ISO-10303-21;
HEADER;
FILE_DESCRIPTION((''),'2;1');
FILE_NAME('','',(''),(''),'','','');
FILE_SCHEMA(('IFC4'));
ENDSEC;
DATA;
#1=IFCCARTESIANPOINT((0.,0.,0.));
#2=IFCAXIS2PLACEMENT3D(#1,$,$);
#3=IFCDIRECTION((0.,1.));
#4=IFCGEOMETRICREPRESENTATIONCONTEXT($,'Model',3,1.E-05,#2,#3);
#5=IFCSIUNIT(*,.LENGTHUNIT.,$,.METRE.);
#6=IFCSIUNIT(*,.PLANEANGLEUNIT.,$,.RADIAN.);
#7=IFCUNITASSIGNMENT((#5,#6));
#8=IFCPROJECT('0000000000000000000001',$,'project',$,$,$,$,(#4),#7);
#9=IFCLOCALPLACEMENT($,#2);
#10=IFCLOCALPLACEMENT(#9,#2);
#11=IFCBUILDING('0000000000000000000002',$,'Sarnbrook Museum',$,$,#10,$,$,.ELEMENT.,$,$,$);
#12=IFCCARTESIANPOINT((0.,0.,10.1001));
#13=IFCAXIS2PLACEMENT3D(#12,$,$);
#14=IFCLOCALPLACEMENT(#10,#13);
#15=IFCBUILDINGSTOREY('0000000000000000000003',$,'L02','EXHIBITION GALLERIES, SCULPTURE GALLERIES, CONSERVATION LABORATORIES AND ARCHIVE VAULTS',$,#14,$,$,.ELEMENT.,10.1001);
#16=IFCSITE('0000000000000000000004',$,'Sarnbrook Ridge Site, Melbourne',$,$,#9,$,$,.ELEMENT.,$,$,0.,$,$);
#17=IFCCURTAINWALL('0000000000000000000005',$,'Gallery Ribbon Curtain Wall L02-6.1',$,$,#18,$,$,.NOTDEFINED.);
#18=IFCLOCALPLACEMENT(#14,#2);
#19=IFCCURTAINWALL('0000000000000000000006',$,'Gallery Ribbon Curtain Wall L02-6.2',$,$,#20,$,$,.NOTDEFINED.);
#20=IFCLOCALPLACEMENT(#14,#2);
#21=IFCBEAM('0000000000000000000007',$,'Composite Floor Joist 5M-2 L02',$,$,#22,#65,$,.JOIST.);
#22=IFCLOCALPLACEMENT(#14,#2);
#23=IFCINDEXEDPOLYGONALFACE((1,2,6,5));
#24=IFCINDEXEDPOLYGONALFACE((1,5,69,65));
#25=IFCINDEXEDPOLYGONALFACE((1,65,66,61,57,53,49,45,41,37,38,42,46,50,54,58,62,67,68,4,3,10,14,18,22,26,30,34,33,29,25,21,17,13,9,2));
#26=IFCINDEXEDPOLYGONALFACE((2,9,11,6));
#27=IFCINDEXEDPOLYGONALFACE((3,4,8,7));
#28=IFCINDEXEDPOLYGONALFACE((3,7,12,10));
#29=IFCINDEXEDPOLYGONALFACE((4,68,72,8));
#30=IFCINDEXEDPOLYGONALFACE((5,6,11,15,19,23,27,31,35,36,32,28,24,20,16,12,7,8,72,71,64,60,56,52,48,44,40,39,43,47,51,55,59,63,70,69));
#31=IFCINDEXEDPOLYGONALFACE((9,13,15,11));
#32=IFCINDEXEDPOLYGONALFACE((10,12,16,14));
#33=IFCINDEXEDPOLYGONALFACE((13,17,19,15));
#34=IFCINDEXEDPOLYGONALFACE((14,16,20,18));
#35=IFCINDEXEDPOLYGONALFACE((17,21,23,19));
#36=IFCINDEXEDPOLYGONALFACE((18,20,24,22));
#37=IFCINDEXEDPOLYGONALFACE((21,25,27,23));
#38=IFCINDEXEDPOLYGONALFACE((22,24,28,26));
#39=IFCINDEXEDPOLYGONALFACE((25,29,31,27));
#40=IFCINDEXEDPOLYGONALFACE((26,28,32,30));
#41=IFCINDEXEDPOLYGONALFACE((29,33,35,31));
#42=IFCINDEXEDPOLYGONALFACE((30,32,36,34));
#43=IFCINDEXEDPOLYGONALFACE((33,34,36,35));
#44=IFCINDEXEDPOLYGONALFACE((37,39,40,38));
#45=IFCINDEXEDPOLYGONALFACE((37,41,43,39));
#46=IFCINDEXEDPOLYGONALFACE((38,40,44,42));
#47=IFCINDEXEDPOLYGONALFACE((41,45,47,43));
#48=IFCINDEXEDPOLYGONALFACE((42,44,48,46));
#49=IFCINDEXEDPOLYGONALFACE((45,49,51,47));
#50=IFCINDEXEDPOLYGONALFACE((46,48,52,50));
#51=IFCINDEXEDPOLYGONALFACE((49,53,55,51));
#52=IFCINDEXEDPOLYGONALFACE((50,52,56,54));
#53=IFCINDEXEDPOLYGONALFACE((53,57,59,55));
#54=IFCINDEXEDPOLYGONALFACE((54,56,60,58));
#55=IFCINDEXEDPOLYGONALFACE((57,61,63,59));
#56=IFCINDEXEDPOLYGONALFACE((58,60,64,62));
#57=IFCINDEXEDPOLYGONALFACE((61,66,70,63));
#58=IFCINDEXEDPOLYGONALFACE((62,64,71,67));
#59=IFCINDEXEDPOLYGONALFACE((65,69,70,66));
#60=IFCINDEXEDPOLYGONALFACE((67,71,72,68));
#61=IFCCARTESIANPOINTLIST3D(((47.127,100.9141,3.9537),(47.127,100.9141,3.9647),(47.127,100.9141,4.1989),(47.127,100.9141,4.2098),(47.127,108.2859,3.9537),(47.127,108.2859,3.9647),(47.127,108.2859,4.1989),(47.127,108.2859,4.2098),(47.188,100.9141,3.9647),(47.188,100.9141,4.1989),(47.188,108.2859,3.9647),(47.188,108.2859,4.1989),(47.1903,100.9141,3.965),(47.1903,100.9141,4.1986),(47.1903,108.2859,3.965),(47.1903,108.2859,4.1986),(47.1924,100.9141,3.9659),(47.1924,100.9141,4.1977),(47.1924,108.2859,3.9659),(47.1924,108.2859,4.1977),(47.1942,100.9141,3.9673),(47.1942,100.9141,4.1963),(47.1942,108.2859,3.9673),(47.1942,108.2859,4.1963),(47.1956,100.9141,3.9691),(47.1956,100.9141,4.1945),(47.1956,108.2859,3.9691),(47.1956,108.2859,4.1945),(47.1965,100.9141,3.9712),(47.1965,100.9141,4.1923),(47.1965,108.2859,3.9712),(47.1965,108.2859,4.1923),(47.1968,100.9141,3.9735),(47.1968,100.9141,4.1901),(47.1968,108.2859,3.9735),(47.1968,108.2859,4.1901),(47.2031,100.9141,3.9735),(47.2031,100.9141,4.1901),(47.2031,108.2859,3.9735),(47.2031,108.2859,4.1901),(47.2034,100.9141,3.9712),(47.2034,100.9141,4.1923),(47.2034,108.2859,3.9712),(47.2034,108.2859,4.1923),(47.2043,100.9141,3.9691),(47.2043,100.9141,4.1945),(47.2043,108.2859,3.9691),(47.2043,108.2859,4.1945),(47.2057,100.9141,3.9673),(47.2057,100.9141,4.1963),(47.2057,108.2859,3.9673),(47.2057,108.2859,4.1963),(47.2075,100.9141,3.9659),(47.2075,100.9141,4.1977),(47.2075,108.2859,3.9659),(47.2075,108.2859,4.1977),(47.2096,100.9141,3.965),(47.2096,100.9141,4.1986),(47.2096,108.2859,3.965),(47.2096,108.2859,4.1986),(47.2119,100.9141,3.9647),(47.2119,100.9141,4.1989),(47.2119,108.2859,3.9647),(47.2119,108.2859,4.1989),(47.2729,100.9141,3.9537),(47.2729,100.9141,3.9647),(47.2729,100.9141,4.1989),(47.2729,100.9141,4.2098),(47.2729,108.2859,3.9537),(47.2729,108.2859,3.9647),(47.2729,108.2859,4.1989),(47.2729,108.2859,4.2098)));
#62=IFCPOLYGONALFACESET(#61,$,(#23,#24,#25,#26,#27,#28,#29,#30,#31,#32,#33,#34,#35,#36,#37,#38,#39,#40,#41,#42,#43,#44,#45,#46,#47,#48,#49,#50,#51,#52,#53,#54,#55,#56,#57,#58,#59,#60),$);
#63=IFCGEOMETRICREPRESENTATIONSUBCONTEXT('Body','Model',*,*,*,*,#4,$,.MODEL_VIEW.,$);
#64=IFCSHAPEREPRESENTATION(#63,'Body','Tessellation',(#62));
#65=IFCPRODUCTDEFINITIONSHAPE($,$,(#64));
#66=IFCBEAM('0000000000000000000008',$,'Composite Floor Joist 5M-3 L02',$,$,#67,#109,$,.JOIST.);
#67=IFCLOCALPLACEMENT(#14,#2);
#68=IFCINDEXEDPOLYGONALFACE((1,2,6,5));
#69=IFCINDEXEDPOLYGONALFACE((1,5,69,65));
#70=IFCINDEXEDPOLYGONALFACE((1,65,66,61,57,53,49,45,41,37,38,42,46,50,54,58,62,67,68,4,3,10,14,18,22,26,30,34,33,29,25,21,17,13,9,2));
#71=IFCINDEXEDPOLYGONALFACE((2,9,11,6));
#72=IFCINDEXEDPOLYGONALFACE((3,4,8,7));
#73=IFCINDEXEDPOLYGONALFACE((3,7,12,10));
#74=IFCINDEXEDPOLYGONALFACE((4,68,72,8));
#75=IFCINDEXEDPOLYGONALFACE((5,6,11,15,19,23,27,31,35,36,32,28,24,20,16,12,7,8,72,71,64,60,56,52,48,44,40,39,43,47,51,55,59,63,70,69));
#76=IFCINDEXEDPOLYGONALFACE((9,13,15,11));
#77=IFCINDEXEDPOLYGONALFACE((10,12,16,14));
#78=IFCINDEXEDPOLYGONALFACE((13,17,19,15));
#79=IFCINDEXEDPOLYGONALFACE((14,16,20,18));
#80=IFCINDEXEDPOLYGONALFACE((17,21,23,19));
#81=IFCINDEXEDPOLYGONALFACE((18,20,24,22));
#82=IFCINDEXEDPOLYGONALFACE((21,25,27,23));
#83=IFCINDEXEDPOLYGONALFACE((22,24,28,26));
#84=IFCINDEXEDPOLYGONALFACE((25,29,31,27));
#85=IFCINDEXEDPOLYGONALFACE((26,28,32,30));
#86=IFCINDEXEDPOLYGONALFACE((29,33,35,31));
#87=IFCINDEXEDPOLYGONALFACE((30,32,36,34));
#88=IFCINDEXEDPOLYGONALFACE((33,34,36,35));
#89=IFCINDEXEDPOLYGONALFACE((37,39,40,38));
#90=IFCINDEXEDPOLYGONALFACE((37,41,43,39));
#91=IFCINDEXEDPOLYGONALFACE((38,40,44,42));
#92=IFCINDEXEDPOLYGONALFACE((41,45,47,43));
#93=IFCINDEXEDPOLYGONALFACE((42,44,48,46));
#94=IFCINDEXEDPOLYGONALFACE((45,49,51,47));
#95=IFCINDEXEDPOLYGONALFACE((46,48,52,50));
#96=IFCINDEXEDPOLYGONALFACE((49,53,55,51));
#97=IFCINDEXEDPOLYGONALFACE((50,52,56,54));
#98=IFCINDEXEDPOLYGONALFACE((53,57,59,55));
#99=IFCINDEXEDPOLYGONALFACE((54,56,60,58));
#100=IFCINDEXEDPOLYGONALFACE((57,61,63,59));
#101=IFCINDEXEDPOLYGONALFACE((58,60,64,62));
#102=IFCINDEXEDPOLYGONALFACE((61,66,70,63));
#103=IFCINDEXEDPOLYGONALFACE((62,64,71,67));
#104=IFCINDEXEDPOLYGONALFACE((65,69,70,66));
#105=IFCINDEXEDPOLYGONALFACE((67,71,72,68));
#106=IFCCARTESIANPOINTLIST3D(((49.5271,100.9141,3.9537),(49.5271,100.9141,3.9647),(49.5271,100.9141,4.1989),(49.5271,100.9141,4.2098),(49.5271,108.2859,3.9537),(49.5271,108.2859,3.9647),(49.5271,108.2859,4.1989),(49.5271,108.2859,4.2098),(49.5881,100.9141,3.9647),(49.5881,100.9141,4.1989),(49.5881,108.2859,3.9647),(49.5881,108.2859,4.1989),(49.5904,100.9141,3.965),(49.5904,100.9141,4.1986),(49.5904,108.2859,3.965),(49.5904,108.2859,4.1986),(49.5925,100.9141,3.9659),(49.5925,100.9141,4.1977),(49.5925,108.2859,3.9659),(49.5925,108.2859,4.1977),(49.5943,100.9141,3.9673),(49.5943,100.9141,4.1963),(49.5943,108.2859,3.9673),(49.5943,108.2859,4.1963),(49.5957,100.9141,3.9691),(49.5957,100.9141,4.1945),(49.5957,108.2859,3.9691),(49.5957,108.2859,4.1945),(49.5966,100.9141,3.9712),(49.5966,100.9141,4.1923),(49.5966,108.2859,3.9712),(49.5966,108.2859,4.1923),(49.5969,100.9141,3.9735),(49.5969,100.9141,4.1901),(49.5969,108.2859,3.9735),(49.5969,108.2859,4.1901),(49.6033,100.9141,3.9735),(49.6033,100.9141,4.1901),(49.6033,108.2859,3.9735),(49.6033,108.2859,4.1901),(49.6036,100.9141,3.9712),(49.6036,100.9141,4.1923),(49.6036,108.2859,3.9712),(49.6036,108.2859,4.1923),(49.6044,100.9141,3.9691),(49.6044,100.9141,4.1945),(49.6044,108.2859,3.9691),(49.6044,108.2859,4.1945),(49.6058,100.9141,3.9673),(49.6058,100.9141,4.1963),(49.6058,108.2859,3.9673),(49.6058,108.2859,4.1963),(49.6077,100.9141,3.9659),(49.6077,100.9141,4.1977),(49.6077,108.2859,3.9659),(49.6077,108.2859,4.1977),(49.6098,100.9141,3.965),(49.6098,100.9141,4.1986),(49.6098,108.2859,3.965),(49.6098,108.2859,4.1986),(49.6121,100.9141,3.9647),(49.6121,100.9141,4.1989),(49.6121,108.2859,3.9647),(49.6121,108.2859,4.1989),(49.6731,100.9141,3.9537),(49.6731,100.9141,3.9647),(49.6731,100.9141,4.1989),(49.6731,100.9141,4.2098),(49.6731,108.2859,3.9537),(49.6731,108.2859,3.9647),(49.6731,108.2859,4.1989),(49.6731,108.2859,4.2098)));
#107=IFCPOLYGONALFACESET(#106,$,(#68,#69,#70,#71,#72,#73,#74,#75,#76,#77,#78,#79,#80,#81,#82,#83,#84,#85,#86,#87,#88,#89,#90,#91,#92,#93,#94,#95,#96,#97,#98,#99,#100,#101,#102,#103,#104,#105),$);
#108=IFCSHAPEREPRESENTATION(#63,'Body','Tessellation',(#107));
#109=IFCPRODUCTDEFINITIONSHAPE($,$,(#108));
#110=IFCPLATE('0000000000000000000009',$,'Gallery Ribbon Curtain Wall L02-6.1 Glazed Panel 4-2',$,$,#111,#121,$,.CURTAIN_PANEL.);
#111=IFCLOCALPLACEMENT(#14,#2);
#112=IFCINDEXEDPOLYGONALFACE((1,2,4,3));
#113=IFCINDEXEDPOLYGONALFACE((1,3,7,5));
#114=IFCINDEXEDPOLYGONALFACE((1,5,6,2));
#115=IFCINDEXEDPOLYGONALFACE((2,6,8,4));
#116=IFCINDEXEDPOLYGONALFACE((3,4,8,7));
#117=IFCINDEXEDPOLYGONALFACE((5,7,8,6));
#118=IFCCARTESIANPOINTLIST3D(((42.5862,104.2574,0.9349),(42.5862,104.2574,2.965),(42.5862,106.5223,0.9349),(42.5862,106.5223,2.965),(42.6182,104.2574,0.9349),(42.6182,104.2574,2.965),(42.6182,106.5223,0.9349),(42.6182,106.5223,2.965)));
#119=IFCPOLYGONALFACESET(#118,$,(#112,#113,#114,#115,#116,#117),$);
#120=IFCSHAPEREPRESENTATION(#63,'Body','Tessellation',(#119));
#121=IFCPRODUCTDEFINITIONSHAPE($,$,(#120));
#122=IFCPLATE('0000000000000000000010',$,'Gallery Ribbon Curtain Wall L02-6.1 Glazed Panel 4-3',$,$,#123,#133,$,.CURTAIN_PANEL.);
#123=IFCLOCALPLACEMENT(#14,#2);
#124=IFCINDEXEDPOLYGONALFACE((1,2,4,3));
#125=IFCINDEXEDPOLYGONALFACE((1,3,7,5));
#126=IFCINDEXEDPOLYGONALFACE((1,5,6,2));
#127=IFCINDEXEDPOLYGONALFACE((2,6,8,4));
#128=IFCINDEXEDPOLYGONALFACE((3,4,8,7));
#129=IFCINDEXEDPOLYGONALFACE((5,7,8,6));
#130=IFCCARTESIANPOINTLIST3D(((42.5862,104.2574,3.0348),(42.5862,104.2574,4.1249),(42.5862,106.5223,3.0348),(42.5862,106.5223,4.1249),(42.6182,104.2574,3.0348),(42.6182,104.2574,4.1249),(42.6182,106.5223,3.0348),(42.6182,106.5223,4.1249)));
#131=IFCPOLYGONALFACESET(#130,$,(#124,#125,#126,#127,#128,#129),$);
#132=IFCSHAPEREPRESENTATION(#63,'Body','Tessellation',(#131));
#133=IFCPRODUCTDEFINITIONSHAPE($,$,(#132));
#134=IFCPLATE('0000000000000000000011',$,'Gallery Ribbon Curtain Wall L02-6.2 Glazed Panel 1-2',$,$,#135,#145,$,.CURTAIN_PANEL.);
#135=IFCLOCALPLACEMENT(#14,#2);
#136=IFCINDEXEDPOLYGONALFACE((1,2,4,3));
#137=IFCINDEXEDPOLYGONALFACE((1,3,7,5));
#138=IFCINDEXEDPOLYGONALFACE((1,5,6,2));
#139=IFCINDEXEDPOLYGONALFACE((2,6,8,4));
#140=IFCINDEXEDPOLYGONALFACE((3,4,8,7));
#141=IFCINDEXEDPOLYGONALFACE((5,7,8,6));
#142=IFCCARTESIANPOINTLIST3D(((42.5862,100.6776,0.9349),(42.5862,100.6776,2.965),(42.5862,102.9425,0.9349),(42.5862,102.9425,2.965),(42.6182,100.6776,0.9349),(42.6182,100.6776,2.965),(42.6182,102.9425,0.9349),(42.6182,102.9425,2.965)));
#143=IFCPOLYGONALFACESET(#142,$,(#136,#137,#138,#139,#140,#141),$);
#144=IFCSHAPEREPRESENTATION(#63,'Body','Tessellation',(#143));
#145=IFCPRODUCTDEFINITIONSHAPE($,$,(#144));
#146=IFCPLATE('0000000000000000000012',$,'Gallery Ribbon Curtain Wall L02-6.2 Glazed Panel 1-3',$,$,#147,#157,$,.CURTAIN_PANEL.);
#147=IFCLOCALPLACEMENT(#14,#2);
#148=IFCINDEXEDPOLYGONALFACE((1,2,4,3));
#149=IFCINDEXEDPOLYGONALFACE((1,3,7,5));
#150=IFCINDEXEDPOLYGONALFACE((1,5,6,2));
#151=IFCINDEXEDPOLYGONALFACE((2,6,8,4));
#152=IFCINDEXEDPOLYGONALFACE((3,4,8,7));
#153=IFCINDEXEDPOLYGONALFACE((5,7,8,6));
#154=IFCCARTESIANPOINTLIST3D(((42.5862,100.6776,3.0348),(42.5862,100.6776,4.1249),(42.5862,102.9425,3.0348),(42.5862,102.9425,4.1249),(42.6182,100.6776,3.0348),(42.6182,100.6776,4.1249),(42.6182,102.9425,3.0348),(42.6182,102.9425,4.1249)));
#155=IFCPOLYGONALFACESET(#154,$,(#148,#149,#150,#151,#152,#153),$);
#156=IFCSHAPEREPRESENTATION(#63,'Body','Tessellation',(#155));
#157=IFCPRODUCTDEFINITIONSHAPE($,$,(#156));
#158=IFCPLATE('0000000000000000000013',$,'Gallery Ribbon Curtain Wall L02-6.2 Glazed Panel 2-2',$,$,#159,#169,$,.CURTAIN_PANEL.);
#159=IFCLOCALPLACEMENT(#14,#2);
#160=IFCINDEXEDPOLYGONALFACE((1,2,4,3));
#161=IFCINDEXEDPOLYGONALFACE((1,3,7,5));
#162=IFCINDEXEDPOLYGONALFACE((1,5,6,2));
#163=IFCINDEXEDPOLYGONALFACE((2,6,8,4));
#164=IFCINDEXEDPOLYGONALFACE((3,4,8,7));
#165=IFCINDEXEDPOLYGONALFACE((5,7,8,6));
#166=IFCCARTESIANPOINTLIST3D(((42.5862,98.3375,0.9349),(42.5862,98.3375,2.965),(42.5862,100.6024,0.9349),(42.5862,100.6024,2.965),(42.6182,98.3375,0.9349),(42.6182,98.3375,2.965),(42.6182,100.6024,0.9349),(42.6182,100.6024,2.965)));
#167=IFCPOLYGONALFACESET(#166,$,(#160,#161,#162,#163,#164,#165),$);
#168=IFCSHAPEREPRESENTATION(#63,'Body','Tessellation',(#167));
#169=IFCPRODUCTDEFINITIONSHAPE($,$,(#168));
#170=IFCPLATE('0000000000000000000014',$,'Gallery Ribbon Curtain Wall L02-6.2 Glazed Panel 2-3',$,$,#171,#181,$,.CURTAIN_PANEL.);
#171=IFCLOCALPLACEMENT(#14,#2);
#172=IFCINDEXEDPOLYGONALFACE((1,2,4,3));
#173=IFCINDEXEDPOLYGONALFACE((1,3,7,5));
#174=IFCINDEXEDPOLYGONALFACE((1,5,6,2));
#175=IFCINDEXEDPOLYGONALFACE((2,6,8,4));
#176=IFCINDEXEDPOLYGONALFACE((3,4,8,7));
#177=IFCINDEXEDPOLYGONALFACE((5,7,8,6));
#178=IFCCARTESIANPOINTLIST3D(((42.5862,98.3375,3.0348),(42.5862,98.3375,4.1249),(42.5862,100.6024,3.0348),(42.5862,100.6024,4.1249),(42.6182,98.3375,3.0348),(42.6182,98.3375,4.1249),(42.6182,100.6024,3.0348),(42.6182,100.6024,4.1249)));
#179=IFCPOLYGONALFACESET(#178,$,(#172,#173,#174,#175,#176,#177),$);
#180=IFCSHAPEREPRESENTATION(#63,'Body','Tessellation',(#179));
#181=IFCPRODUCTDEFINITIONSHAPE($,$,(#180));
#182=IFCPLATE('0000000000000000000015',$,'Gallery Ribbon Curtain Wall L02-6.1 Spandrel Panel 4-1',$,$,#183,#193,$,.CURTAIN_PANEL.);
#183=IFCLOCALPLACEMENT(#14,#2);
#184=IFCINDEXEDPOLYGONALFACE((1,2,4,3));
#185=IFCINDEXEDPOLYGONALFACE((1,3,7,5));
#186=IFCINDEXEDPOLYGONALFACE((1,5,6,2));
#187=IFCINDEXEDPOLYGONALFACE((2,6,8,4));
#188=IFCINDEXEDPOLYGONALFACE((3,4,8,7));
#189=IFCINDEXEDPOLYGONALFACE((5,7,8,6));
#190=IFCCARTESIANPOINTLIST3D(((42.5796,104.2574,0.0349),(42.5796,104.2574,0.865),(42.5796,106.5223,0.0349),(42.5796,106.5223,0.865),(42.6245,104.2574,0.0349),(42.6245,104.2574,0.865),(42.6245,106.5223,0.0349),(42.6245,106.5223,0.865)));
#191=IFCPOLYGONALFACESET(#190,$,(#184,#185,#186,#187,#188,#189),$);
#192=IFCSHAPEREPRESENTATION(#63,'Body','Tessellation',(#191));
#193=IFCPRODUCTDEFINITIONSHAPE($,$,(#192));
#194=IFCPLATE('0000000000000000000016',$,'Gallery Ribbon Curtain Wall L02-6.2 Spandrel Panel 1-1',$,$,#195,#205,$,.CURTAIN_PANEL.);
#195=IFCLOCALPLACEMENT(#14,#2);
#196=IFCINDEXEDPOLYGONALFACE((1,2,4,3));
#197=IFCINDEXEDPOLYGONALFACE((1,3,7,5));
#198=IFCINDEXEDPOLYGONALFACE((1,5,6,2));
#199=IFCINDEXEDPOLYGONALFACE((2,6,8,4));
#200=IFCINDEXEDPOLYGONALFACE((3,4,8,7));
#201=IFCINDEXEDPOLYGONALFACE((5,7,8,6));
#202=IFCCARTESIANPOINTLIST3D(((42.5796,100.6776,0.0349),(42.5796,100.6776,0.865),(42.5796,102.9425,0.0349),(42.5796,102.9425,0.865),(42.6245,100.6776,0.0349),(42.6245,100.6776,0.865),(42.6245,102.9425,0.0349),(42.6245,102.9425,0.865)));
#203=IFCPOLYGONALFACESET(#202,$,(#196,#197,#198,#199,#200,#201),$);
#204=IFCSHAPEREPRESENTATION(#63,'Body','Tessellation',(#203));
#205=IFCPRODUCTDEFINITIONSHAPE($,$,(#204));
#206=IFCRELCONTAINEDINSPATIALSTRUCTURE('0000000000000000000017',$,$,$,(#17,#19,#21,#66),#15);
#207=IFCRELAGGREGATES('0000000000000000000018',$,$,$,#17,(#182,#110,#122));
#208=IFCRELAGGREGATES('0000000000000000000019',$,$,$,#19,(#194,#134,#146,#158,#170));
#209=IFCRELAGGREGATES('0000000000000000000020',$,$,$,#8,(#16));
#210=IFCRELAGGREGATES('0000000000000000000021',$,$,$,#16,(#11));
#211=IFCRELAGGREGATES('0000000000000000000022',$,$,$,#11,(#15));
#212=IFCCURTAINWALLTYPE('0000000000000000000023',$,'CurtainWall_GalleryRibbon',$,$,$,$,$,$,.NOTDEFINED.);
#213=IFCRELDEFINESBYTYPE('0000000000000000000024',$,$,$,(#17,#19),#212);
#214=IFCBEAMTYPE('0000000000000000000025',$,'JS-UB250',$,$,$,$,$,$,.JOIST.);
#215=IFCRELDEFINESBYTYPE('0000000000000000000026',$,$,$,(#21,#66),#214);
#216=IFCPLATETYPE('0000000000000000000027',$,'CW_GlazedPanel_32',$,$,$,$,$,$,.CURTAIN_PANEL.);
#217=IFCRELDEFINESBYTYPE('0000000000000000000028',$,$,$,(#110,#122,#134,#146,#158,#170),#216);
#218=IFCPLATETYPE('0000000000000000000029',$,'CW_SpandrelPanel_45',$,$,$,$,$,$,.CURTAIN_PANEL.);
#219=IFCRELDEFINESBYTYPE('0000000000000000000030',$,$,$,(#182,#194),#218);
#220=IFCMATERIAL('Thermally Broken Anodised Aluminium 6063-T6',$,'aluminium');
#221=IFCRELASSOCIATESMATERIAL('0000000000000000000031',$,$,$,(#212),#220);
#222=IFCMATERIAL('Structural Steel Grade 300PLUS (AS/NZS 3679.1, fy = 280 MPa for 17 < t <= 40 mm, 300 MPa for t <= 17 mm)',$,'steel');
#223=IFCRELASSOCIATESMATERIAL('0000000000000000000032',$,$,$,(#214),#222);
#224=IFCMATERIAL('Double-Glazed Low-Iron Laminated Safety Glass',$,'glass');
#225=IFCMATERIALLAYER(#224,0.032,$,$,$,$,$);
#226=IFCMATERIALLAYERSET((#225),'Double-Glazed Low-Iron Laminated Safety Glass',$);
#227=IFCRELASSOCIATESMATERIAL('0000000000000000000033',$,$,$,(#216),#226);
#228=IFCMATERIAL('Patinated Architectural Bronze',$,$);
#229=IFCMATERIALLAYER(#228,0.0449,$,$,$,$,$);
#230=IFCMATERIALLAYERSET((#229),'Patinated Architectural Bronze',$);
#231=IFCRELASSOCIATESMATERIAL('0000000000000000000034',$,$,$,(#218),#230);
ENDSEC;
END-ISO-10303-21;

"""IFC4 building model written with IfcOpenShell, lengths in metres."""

from ifc_helpers import new_model, si_unit, direction, frame, origin, origin_2d, place, context, subcontext, project, spatial, rectangle, i_section, extrude, material, layer, layer_set, material_profile, profile_set, type_object, element, aggregate, save


model = new_model("IFC4")

# Units and contexts
model_context = context("Model", 3, precision=1e-05, world=origin(), true_north=direction((0.0, 1.0)))
body_context = subcontext(model_context, "Body", "Model", "MODEL_VIEW")
ifc_project = project(units=[si_unit("LENGTHUNIT", "METRE"), si_unit("PLANEANGLEUNIT", "RADIAN")], contexts=[model_context])

# Site, building, storey
site_placement = place(None, origin())
site = spatial("IfcSite", under=ifc_project, at=site_placement, Name="Sarnbrook Ridge Site, Melbourne", CompositionType="ELEMENT", RefElevation=0.0)
building_placement = place(site_placement, origin())
building = spatial("IfcBuilding", under=site, at=building_placement, Name="Sarnbrook Museum", CompositionType="ELEMENT")
storey_placement = place(building_placement, frame((0.0, 0.0, 10.1001)))
storey = spatial("IfcBuildingStorey", under=building, at=storey_placement, Name="L02", Description="EXHIBITION GALLERIES, SCULPTURE GALLERIES, CONSERVATION LABORATORIES AND ARCHIVE VAULTS", CompositionType="ELEMENT", Elevation=10.1001)

# Shared definitions
ifc_material_1 = material(Name="Structural Steel Grade 300PLUS (AS/NZS 3679.1, fy = 280 MPa for 17 < t <= 40 mm, 300 MPa for t <= 17 mm)", Category="steel")

# Curtain walls
ifc_material_2 = material(Name="Thermally Broken Anodised Aluminium 6063-T6", Category="aluminium")
curtain_wall_type = type_object("IfcCurtainWallType", Name="CurtainWall_GalleryRibbon", PredefinedType="NOTDEFINED", material=ifc_material_2)
curtain_wall_1_placement = place(storey_placement, origin())
curtain_wall_1 = element("IfcCurtainWall", 1, at=curtain_wall_1_placement, inside=storey, type_object=curtain_wall_type, Name="Gallery Ribbon Curtain Wall L02-6.1", PredefinedType="NOTDEFINED")
curtain_wall_2_placement = place(storey_placement, origin())
curtain_wall_2 = element("IfcCurtainWall", 2, at=curtain_wall_2_placement, inside=storey, type_object=curtain_wall_type, Name="Gallery Ribbon Curtain Wall L02-6.2", PredefinedType="NOTDEFINED")

# Beams
ifc_material_profile_1 = material_profile(ifc_material_1, i_section(OverallWidth=0.146, OverallDepth=0.2561, WebThickness=0.0063, FlangeThickness=0.011, FilletRadius=0.0088, at=origin_2d()), Name="250UB37.3")
ifc_profile_set_1 = profile_set([ifc_material_profile_1], Name="Structural Steel Grade 300PLUS (AS/NZS 3679.1, fy = 280 MPa for 17 < t <= 40 mm, 300 MPa for t <= 17 mm)")
beam_type_1 = type_object("IfcBeamType", Name="JS-UB250", PredefinedType="JOIST", material=ifc_profile_set_1)
for number, where, z_axis, x_axis, name in (
    (3, (47.2, 100.9141, 4.0818), (0.0, 1.0, 0.0), (-1.0, 0.0, 0.0), "Composite Floor Joist 5M-2 L02"),
    (4, (49.6001, 100.9141, 4.0818), (0.0, 1.0, 0.0), (-1.0, 0.0, 0.0), "Composite Floor Joist 5M-3 L02"),
):
    element("IfcBeam", number, at=place(storey_placement, frame(where, z_axis=z_axis, x_axis=x_axis)), inside=storey, type_object=beam_type_1, Name=name, PredefinedType="JOIST", context=body_context, shape_type="SweptSolid", body=[
        extrude(i_section(OverallWidth=0.146, OverallDepth=0.2561, WebThickness=0.0063, FlangeThickness=0.011, FilletRadius=0.0088, at=origin_2d()), origin(), (0.0, 0.0, 1.0), 7.3718),
    ])

# Plates
ifc_material_3 = material(Name="Double-Glazed Low-Iron Laminated Safety Glass", Category="glass")
ifc_layer_1 = layer(ifc_material_3, 0.032)
ifc_layer_set_1 = layer_set([ifc_layer_1], Name="Double-Glazed Low-Iron Laminated Safety Glass")
plate_type_1 = type_object("IfcPlateType", Name="CW_GlazedPanel_32", PredefinedType="CURTAIN_PANEL", material=ifc_layer_set_1)
plate_1_placement = place(storey_placement, frame((42.6182, 105.3899, 1.95), z_axis=(-1.0, 0.0, 0.0), x_axis=(0.0, -1.0, 0.0)))
plate_1 = element("IfcPlate", 5, at=plate_1_placement, type_object=plate_type_1, Name="Gallery Ribbon Curtain Wall L02-6.1 Glazed Panel 4-2", PredefinedType="CURTAIN_PANEL", context=body_context, shape_type="SweptSolid", body=[
    extrude(rectangle(XDim=2.2649, YDim=2.03, at=origin_2d()), origin(), (0.0, 0.0, 1.0), 0.032),
])
plate_2_placement = place(storey_placement, frame((42.6182, 105.3899, 3.5798), z_axis=(-1.0, 0.0, 0.0), x_axis=(0.0, -1.0, 0.0)))
plate_2 = element("IfcPlate", 6, at=plate_2_placement, type_object=plate_type_1, Name="Gallery Ribbon Curtain Wall L02-6.1 Glazed Panel 4-3", PredefinedType="CURTAIN_PANEL", context=body_context, shape_type="SweptSolid", body=[
    extrude(rectangle(XDim=2.2649, YDim=1.0901, at=origin_2d()), origin(), (0.0, 0.0, 1.0), 0.032),
])
plate_3_placement = place(storey_placement, frame((42.6182, 101.8101, 1.95), z_axis=(-1.0, 0.0, 0.0), x_axis=(0.0, -1.0, 0.0)))
plate_3 = element("IfcPlate", 7, at=plate_3_placement, type_object=plate_type_1, Name="Gallery Ribbon Curtain Wall L02-6.2 Glazed Panel 1-2", PredefinedType="CURTAIN_PANEL", context=body_context, shape_type="SweptSolid", body=[
    extrude(rectangle(XDim=2.2649, YDim=2.03, at=origin_2d()), origin(), (0.0, 0.0, 1.0), 0.032),
])
plate_4_placement = place(storey_placement, frame((42.6182, 101.8101, 3.5798), z_axis=(-1.0, 0.0, 0.0), x_axis=(0.0, -1.0, 0.0)))
plate_4 = element("IfcPlate", 8, at=plate_4_placement, type_object=plate_type_1, Name="Gallery Ribbon Curtain Wall L02-6.2 Glazed Panel 1-3", PredefinedType="CURTAIN_PANEL", context=body_context, shape_type="SweptSolid", body=[
    extrude(rectangle(XDim=2.2649, YDim=1.0901, at=origin_2d()), origin(), (0.0, 0.0, 1.0), 0.032),
])
plate_5_placement = place(storey_placement, frame((42.6182, 99.47, 1.95), z_axis=(-1.0, 0.0, 0.0), x_axis=(0.0, -1.0, 0.0)))
plate_5 = element("IfcPlate", 9, at=plate_5_placement, type_object=plate_type_1, Name="Gallery Ribbon Curtain Wall L02-6.2 Glazed Panel 2-2", PredefinedType="CURTAIN_PANEL", context=body_context, shape_type="SweptSolid", body=[
    extrude(rectangle(XDim=2.2649, YDim=2.03, at=origin_2d()), origin(), (0.0, 0.0, 1.0), 0.032),
])
plate_6_placement = place(storey_placement, frame((42.6182, 99.47, 3.5798), z_axis=(-1.0, 0.0, 0.0), x_axis=(0.0, -1.0, 0.0)))
plate_6 = element("IfcPlate", 10, at=plate_6_placement, type_object=plate_type_1, Name="Gallery Ribbon Curtain Wall L02-6.2 Glazed Panel 2-3", PredefinedType="CURTAIN_PANEL", context=body_context, shape_type="SweptSolid", body=[
    extrude(rectangle(XDim=2.2649, YDim=1.0901, at=origin_2d()), origin(), (0.0, 0.0, 1.0), 0.032),
])
ifc_material_4 = material(Name="Patinated Architectural Bronze")
ifc_layer_2 = layer(ifc_material_4, 0.0449)
ifc_layer_set_2 = layer_set([ifc_layer_2], Name="Patinated Architectural Bronze")
plate_type_2 = type_object("IfcPlateType", Name="CW_SpandrelPanel_45", PredefinedType="CURTAIN_PANEL", material=ifc_layer_set_2)
plate_7_placement = place(storey_placement, frame((42.6245, 105.3899, 0.45), z_axis=(-1.0, 0.0, 0.0), x_axis=(0.0, -1.0, 0.0)))
plate_7 = element("IfcPlate", 11, at=plate_7_placement, type_object=plate_type_2, Name="Gallery Ribbon Curtain Wall L02-6.1 Spandrel Panel 4-1", PredefinedType="CURTAIN_PANEL", context=body_context, shape_type="SweptSolid", body=[
    extrude(rectangle(XDim=2.2649, YDim=0.8301, at=origin_2d()), origin(), (0.0, 0.0, 1.0), 0.0449),
])
aggregate(curtain_wall_1, [plate_7, plate_1, plate_2])
plate_8_placement = place(storey_placement, frame((42.6245, 101.8101, 0.45), z_axis=(-1.0, 0.0, 0.0), x_axis=(0.0, -1.0, 0.0)))
plate_8 = element("IfcPlate", 12, at=plate_8_placement, type_object=plate_type_2, Name="Gallery Ribbon Curtain Wall L02-6.2 Spandrel Panel 1-1", PredefinedType="CURTAIN_PANEL", context=body_context, shape_type="SweptSolid", body=[
    extrude(rectangle(XDim=2.2649, YDim=0.8301, at=origin_2d()), origin(), (0.0, 0.0, 1.0), 0.0449),
])
aggregate(curtain_wall_2, [plate_8, plate_3, plate_4, plate_5, plate_6])

save(model, "model.ifc")
